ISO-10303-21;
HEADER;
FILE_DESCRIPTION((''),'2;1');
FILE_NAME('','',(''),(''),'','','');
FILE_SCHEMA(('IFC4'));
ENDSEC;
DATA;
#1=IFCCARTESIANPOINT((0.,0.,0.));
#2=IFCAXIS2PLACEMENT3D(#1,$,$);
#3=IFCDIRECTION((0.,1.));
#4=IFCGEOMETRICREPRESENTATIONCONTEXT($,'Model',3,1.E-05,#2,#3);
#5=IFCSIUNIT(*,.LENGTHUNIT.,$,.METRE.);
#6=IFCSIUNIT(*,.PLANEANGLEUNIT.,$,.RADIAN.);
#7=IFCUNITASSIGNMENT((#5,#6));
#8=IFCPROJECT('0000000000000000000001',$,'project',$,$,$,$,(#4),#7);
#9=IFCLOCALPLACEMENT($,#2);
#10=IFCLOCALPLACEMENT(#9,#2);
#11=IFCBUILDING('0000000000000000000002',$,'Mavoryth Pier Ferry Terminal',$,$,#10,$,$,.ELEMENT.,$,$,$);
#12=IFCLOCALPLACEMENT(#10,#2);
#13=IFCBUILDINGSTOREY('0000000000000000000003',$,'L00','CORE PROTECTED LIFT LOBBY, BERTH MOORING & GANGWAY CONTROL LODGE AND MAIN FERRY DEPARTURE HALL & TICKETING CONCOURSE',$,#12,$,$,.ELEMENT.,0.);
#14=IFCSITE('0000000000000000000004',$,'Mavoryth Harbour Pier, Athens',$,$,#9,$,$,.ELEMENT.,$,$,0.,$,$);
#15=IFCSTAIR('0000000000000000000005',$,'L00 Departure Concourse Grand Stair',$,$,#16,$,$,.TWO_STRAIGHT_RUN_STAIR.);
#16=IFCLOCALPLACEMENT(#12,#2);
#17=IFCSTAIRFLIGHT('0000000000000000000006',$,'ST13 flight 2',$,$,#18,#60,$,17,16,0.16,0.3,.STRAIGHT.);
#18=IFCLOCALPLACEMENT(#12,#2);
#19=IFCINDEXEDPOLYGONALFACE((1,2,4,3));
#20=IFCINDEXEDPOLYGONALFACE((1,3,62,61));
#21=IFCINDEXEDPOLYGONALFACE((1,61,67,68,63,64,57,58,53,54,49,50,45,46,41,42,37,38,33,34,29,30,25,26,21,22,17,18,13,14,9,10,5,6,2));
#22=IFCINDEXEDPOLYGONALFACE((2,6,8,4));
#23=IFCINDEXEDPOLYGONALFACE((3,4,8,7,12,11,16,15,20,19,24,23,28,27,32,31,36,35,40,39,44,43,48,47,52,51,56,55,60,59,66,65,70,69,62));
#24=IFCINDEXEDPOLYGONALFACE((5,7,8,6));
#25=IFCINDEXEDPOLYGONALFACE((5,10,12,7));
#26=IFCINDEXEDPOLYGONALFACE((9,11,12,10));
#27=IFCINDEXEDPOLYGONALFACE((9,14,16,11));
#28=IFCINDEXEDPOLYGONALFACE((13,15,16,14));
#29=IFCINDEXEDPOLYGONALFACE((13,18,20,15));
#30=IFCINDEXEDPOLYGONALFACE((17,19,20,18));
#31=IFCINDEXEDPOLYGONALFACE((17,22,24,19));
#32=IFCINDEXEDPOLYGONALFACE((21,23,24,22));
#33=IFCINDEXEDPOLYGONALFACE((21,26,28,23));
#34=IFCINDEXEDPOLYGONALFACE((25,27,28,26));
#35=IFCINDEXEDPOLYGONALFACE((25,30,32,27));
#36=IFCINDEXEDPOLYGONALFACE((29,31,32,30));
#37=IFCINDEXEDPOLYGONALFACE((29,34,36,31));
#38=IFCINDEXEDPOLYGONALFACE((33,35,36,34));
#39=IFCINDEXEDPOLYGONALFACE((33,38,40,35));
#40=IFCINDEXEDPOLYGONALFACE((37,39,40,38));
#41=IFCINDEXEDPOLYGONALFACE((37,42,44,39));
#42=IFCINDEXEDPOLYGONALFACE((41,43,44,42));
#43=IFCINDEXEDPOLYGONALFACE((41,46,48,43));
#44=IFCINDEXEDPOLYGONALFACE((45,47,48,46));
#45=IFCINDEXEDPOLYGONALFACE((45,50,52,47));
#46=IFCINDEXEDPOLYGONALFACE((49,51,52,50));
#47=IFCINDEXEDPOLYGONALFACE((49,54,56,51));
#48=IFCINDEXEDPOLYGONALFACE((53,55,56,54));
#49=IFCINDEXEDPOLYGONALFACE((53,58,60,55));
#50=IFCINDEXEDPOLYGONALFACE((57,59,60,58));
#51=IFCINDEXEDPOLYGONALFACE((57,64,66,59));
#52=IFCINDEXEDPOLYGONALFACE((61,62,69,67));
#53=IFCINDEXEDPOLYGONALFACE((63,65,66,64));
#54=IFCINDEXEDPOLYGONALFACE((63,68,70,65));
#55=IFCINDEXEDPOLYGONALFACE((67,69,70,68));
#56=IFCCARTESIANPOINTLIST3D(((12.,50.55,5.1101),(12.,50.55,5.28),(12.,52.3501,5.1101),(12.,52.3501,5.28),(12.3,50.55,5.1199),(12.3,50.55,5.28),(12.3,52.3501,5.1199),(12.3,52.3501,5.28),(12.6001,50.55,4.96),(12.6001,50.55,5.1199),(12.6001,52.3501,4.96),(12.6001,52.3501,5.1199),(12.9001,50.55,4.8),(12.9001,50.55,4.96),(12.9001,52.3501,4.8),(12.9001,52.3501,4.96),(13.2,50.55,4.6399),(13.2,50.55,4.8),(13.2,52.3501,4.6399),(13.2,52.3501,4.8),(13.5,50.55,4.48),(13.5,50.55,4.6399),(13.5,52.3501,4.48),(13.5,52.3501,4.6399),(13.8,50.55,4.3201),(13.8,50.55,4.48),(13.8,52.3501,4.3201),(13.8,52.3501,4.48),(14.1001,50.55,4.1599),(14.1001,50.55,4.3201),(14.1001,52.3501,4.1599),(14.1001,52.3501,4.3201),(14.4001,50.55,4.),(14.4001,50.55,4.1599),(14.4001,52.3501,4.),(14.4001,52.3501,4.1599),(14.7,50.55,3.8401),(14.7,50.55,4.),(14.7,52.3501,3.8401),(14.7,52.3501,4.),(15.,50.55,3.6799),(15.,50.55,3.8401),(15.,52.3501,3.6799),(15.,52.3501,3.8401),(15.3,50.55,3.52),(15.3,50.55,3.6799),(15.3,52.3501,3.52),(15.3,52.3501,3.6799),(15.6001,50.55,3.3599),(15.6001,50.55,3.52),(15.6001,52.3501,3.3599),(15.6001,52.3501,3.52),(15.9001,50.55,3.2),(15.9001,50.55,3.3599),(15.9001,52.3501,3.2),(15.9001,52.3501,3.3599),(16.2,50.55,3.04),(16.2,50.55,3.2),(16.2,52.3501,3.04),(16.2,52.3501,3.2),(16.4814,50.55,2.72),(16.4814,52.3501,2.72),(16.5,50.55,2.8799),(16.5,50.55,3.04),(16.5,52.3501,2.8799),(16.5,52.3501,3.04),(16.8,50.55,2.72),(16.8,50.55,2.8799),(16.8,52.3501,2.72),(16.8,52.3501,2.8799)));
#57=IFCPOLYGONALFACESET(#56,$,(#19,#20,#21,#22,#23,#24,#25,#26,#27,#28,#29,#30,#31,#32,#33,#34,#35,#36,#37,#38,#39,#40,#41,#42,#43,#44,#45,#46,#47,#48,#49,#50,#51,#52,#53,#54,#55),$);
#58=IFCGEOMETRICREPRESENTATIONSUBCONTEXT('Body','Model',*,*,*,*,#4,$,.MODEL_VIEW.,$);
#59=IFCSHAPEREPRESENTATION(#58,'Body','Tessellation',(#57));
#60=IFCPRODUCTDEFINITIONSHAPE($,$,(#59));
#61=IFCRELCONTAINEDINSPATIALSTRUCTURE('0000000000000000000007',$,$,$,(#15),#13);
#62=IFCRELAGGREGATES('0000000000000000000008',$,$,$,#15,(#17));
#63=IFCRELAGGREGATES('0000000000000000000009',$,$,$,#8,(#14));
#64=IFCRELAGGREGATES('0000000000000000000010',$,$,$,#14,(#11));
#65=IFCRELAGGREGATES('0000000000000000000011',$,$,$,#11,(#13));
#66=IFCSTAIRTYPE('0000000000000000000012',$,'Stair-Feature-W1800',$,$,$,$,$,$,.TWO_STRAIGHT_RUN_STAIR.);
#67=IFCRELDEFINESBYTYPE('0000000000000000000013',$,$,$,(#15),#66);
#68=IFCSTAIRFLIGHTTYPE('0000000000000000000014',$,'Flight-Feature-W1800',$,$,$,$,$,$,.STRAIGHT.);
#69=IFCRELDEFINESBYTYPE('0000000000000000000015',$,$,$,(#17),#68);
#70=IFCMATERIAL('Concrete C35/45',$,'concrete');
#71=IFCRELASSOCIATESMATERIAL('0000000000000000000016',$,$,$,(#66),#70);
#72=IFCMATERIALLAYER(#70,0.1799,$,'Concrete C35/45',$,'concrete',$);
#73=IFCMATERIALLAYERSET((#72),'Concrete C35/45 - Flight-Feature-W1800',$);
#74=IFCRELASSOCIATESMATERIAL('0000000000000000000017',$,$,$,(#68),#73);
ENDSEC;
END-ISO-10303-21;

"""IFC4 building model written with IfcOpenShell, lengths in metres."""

from ifc_helpers import new_model, si_unit, direction, frame, origin, place, context, subcontext, project, spatial, polyline, outline, extrude, material, layer, layer_set, type_object, element, aggregate, save


model = new_model("IFC4")

# Units and contexts
model_context = context("Model", 3, precision=1e-05, world=origin(), true_north=direction((0.0, 1.0)))
body_context = subcontext(model_context, "Body", "Model", "MODEL_VIEW")
ifc_project = project(units=[si_unit("LENGTHUNIT", "METRE"), si_unit("PLANEANGLEUNIT", "RADIAN")], contexts=[model_context])

# Site, building, storey
site_placement = place(None, origin())
site = spatial("IfcSite", under=ifc_project, at=site_placement, Name="Mavoryth Harbour Pier, Athens", CompositionType="ELEMENT", RefElevation=0.0)
building_placement = place(site_placement, origin())
building = spatial("IfcBuilding", under=site, at=building_placement, Name="Mavoryth Pier Ferry Terminal", CompositionType="ELEMENT")
storey_placement = place(building_placement, origin())
storey = spatial("IfcBuildingStorey", under=building, at=storey_placement, Name="L00", Description="CORE PROTECTED LIFT LOBBY, BERTH MOORING & GANGWAY CONTROL LODGE AND MAIN FERRY DEPARTURE HALL & TICKETING CONCOURSE", CompositionType="ELEMENT", Elevation=0.0)

# Shared definitions
ifc_material_1 = material(Name="Concrete C35/45", Category="concrete")

# Stair, stair flight
stair_type = type_object("IfcStairType", Name="Stair-Feature-W1800", PredefinedType="TWO_STRAIGHT_RUN_STAIR", material=ifc_material_1)
stair_placement = place(storey_placement, origin())
stair = element("IfcStair", 1, at=stair_placement, inside=storey, type_object=stair_type, Name="L00 Departure Concourse Grand Stair", PredefinedType="TWO_STRAIGHT_RUN_STAIR")
ifc_layer_1 = layer(ifc_material_1, 0.1799, Name="Concrete C35/45", Category="concrete")
ifc_layer_set_1 = layer_set([ifc_layer_1], Name="Concrete C35/45 - Flight-Feature-W1800")
stair_flight_type = type_object("IfcStairFlightType", Name="Flight-Feature-W1800", PredefinedType="STRAIGHT", material=ifc_layer_set_1)
stair_flight_placement = place(storey_placement, frame((16.8, 51.45, 2.72), z_axis=(0.0, 0.0, 1.0), x_axis=(-1.0, 0.0, 0.0)))
stair_flight = element("IfcStairFlight", 2, at=stair_flight_placement, type_object=stair_flight_type, Name="ST13 flight 2", NumberOfRisers=17, NumberOfTreads=16, PredefinedType="STRAIGHT", RiserHeight=0.16, TreadLength=0.3, context=body_context, shape_type="SweptSolid", body=[
    extrude(outline(polyline([(0.0, 0.0), (0.0, 0.1599), (0.3, 0.1599), (0.3, 0.3201), (0.6001, 0.3201), (0.6001, 0.48), (0.8999, 0.48), (0.8999, 0.6399), (1.2, 0.6399), (1.2, 0.8), (1.5, 0.8), (1.5, 0.96), (1.8, 0.96), (1.8, 1.1201), (2.1001, 1.1201), (2.1001, 1.28), (2.3999, 1.28), (2.3999, 1.4399), (2.7, 1.4399), (2.7, 1.6001), (3.0, 1.6001), (3.0, 1.76), (3.3, 1.76), (3.3, 1.9199), (3.6001, 1.9199), (3.6001, 2.0801), (3.8999, 2.0801), (3.8999, 2.24), (4.2, 2.24), (4.2, 2.3999), (4.5, 2.3999), (4.5, 2.5601), (4.8, 2.5601), (4.8, 2.72), (4.8, 2.3901), (0.3186, 0.0), (0.0, 0.0)])), frame((0.0, 0.8999, 0.0), z_axis=(0.0, -1.0, 0.0), x_axis=(1.0, 0.0, 0.0)), (0.0, 0.0, 1.0), 1.8),
])
aggregate(stair, [stair_flight])

save(model, "model.ifc")
